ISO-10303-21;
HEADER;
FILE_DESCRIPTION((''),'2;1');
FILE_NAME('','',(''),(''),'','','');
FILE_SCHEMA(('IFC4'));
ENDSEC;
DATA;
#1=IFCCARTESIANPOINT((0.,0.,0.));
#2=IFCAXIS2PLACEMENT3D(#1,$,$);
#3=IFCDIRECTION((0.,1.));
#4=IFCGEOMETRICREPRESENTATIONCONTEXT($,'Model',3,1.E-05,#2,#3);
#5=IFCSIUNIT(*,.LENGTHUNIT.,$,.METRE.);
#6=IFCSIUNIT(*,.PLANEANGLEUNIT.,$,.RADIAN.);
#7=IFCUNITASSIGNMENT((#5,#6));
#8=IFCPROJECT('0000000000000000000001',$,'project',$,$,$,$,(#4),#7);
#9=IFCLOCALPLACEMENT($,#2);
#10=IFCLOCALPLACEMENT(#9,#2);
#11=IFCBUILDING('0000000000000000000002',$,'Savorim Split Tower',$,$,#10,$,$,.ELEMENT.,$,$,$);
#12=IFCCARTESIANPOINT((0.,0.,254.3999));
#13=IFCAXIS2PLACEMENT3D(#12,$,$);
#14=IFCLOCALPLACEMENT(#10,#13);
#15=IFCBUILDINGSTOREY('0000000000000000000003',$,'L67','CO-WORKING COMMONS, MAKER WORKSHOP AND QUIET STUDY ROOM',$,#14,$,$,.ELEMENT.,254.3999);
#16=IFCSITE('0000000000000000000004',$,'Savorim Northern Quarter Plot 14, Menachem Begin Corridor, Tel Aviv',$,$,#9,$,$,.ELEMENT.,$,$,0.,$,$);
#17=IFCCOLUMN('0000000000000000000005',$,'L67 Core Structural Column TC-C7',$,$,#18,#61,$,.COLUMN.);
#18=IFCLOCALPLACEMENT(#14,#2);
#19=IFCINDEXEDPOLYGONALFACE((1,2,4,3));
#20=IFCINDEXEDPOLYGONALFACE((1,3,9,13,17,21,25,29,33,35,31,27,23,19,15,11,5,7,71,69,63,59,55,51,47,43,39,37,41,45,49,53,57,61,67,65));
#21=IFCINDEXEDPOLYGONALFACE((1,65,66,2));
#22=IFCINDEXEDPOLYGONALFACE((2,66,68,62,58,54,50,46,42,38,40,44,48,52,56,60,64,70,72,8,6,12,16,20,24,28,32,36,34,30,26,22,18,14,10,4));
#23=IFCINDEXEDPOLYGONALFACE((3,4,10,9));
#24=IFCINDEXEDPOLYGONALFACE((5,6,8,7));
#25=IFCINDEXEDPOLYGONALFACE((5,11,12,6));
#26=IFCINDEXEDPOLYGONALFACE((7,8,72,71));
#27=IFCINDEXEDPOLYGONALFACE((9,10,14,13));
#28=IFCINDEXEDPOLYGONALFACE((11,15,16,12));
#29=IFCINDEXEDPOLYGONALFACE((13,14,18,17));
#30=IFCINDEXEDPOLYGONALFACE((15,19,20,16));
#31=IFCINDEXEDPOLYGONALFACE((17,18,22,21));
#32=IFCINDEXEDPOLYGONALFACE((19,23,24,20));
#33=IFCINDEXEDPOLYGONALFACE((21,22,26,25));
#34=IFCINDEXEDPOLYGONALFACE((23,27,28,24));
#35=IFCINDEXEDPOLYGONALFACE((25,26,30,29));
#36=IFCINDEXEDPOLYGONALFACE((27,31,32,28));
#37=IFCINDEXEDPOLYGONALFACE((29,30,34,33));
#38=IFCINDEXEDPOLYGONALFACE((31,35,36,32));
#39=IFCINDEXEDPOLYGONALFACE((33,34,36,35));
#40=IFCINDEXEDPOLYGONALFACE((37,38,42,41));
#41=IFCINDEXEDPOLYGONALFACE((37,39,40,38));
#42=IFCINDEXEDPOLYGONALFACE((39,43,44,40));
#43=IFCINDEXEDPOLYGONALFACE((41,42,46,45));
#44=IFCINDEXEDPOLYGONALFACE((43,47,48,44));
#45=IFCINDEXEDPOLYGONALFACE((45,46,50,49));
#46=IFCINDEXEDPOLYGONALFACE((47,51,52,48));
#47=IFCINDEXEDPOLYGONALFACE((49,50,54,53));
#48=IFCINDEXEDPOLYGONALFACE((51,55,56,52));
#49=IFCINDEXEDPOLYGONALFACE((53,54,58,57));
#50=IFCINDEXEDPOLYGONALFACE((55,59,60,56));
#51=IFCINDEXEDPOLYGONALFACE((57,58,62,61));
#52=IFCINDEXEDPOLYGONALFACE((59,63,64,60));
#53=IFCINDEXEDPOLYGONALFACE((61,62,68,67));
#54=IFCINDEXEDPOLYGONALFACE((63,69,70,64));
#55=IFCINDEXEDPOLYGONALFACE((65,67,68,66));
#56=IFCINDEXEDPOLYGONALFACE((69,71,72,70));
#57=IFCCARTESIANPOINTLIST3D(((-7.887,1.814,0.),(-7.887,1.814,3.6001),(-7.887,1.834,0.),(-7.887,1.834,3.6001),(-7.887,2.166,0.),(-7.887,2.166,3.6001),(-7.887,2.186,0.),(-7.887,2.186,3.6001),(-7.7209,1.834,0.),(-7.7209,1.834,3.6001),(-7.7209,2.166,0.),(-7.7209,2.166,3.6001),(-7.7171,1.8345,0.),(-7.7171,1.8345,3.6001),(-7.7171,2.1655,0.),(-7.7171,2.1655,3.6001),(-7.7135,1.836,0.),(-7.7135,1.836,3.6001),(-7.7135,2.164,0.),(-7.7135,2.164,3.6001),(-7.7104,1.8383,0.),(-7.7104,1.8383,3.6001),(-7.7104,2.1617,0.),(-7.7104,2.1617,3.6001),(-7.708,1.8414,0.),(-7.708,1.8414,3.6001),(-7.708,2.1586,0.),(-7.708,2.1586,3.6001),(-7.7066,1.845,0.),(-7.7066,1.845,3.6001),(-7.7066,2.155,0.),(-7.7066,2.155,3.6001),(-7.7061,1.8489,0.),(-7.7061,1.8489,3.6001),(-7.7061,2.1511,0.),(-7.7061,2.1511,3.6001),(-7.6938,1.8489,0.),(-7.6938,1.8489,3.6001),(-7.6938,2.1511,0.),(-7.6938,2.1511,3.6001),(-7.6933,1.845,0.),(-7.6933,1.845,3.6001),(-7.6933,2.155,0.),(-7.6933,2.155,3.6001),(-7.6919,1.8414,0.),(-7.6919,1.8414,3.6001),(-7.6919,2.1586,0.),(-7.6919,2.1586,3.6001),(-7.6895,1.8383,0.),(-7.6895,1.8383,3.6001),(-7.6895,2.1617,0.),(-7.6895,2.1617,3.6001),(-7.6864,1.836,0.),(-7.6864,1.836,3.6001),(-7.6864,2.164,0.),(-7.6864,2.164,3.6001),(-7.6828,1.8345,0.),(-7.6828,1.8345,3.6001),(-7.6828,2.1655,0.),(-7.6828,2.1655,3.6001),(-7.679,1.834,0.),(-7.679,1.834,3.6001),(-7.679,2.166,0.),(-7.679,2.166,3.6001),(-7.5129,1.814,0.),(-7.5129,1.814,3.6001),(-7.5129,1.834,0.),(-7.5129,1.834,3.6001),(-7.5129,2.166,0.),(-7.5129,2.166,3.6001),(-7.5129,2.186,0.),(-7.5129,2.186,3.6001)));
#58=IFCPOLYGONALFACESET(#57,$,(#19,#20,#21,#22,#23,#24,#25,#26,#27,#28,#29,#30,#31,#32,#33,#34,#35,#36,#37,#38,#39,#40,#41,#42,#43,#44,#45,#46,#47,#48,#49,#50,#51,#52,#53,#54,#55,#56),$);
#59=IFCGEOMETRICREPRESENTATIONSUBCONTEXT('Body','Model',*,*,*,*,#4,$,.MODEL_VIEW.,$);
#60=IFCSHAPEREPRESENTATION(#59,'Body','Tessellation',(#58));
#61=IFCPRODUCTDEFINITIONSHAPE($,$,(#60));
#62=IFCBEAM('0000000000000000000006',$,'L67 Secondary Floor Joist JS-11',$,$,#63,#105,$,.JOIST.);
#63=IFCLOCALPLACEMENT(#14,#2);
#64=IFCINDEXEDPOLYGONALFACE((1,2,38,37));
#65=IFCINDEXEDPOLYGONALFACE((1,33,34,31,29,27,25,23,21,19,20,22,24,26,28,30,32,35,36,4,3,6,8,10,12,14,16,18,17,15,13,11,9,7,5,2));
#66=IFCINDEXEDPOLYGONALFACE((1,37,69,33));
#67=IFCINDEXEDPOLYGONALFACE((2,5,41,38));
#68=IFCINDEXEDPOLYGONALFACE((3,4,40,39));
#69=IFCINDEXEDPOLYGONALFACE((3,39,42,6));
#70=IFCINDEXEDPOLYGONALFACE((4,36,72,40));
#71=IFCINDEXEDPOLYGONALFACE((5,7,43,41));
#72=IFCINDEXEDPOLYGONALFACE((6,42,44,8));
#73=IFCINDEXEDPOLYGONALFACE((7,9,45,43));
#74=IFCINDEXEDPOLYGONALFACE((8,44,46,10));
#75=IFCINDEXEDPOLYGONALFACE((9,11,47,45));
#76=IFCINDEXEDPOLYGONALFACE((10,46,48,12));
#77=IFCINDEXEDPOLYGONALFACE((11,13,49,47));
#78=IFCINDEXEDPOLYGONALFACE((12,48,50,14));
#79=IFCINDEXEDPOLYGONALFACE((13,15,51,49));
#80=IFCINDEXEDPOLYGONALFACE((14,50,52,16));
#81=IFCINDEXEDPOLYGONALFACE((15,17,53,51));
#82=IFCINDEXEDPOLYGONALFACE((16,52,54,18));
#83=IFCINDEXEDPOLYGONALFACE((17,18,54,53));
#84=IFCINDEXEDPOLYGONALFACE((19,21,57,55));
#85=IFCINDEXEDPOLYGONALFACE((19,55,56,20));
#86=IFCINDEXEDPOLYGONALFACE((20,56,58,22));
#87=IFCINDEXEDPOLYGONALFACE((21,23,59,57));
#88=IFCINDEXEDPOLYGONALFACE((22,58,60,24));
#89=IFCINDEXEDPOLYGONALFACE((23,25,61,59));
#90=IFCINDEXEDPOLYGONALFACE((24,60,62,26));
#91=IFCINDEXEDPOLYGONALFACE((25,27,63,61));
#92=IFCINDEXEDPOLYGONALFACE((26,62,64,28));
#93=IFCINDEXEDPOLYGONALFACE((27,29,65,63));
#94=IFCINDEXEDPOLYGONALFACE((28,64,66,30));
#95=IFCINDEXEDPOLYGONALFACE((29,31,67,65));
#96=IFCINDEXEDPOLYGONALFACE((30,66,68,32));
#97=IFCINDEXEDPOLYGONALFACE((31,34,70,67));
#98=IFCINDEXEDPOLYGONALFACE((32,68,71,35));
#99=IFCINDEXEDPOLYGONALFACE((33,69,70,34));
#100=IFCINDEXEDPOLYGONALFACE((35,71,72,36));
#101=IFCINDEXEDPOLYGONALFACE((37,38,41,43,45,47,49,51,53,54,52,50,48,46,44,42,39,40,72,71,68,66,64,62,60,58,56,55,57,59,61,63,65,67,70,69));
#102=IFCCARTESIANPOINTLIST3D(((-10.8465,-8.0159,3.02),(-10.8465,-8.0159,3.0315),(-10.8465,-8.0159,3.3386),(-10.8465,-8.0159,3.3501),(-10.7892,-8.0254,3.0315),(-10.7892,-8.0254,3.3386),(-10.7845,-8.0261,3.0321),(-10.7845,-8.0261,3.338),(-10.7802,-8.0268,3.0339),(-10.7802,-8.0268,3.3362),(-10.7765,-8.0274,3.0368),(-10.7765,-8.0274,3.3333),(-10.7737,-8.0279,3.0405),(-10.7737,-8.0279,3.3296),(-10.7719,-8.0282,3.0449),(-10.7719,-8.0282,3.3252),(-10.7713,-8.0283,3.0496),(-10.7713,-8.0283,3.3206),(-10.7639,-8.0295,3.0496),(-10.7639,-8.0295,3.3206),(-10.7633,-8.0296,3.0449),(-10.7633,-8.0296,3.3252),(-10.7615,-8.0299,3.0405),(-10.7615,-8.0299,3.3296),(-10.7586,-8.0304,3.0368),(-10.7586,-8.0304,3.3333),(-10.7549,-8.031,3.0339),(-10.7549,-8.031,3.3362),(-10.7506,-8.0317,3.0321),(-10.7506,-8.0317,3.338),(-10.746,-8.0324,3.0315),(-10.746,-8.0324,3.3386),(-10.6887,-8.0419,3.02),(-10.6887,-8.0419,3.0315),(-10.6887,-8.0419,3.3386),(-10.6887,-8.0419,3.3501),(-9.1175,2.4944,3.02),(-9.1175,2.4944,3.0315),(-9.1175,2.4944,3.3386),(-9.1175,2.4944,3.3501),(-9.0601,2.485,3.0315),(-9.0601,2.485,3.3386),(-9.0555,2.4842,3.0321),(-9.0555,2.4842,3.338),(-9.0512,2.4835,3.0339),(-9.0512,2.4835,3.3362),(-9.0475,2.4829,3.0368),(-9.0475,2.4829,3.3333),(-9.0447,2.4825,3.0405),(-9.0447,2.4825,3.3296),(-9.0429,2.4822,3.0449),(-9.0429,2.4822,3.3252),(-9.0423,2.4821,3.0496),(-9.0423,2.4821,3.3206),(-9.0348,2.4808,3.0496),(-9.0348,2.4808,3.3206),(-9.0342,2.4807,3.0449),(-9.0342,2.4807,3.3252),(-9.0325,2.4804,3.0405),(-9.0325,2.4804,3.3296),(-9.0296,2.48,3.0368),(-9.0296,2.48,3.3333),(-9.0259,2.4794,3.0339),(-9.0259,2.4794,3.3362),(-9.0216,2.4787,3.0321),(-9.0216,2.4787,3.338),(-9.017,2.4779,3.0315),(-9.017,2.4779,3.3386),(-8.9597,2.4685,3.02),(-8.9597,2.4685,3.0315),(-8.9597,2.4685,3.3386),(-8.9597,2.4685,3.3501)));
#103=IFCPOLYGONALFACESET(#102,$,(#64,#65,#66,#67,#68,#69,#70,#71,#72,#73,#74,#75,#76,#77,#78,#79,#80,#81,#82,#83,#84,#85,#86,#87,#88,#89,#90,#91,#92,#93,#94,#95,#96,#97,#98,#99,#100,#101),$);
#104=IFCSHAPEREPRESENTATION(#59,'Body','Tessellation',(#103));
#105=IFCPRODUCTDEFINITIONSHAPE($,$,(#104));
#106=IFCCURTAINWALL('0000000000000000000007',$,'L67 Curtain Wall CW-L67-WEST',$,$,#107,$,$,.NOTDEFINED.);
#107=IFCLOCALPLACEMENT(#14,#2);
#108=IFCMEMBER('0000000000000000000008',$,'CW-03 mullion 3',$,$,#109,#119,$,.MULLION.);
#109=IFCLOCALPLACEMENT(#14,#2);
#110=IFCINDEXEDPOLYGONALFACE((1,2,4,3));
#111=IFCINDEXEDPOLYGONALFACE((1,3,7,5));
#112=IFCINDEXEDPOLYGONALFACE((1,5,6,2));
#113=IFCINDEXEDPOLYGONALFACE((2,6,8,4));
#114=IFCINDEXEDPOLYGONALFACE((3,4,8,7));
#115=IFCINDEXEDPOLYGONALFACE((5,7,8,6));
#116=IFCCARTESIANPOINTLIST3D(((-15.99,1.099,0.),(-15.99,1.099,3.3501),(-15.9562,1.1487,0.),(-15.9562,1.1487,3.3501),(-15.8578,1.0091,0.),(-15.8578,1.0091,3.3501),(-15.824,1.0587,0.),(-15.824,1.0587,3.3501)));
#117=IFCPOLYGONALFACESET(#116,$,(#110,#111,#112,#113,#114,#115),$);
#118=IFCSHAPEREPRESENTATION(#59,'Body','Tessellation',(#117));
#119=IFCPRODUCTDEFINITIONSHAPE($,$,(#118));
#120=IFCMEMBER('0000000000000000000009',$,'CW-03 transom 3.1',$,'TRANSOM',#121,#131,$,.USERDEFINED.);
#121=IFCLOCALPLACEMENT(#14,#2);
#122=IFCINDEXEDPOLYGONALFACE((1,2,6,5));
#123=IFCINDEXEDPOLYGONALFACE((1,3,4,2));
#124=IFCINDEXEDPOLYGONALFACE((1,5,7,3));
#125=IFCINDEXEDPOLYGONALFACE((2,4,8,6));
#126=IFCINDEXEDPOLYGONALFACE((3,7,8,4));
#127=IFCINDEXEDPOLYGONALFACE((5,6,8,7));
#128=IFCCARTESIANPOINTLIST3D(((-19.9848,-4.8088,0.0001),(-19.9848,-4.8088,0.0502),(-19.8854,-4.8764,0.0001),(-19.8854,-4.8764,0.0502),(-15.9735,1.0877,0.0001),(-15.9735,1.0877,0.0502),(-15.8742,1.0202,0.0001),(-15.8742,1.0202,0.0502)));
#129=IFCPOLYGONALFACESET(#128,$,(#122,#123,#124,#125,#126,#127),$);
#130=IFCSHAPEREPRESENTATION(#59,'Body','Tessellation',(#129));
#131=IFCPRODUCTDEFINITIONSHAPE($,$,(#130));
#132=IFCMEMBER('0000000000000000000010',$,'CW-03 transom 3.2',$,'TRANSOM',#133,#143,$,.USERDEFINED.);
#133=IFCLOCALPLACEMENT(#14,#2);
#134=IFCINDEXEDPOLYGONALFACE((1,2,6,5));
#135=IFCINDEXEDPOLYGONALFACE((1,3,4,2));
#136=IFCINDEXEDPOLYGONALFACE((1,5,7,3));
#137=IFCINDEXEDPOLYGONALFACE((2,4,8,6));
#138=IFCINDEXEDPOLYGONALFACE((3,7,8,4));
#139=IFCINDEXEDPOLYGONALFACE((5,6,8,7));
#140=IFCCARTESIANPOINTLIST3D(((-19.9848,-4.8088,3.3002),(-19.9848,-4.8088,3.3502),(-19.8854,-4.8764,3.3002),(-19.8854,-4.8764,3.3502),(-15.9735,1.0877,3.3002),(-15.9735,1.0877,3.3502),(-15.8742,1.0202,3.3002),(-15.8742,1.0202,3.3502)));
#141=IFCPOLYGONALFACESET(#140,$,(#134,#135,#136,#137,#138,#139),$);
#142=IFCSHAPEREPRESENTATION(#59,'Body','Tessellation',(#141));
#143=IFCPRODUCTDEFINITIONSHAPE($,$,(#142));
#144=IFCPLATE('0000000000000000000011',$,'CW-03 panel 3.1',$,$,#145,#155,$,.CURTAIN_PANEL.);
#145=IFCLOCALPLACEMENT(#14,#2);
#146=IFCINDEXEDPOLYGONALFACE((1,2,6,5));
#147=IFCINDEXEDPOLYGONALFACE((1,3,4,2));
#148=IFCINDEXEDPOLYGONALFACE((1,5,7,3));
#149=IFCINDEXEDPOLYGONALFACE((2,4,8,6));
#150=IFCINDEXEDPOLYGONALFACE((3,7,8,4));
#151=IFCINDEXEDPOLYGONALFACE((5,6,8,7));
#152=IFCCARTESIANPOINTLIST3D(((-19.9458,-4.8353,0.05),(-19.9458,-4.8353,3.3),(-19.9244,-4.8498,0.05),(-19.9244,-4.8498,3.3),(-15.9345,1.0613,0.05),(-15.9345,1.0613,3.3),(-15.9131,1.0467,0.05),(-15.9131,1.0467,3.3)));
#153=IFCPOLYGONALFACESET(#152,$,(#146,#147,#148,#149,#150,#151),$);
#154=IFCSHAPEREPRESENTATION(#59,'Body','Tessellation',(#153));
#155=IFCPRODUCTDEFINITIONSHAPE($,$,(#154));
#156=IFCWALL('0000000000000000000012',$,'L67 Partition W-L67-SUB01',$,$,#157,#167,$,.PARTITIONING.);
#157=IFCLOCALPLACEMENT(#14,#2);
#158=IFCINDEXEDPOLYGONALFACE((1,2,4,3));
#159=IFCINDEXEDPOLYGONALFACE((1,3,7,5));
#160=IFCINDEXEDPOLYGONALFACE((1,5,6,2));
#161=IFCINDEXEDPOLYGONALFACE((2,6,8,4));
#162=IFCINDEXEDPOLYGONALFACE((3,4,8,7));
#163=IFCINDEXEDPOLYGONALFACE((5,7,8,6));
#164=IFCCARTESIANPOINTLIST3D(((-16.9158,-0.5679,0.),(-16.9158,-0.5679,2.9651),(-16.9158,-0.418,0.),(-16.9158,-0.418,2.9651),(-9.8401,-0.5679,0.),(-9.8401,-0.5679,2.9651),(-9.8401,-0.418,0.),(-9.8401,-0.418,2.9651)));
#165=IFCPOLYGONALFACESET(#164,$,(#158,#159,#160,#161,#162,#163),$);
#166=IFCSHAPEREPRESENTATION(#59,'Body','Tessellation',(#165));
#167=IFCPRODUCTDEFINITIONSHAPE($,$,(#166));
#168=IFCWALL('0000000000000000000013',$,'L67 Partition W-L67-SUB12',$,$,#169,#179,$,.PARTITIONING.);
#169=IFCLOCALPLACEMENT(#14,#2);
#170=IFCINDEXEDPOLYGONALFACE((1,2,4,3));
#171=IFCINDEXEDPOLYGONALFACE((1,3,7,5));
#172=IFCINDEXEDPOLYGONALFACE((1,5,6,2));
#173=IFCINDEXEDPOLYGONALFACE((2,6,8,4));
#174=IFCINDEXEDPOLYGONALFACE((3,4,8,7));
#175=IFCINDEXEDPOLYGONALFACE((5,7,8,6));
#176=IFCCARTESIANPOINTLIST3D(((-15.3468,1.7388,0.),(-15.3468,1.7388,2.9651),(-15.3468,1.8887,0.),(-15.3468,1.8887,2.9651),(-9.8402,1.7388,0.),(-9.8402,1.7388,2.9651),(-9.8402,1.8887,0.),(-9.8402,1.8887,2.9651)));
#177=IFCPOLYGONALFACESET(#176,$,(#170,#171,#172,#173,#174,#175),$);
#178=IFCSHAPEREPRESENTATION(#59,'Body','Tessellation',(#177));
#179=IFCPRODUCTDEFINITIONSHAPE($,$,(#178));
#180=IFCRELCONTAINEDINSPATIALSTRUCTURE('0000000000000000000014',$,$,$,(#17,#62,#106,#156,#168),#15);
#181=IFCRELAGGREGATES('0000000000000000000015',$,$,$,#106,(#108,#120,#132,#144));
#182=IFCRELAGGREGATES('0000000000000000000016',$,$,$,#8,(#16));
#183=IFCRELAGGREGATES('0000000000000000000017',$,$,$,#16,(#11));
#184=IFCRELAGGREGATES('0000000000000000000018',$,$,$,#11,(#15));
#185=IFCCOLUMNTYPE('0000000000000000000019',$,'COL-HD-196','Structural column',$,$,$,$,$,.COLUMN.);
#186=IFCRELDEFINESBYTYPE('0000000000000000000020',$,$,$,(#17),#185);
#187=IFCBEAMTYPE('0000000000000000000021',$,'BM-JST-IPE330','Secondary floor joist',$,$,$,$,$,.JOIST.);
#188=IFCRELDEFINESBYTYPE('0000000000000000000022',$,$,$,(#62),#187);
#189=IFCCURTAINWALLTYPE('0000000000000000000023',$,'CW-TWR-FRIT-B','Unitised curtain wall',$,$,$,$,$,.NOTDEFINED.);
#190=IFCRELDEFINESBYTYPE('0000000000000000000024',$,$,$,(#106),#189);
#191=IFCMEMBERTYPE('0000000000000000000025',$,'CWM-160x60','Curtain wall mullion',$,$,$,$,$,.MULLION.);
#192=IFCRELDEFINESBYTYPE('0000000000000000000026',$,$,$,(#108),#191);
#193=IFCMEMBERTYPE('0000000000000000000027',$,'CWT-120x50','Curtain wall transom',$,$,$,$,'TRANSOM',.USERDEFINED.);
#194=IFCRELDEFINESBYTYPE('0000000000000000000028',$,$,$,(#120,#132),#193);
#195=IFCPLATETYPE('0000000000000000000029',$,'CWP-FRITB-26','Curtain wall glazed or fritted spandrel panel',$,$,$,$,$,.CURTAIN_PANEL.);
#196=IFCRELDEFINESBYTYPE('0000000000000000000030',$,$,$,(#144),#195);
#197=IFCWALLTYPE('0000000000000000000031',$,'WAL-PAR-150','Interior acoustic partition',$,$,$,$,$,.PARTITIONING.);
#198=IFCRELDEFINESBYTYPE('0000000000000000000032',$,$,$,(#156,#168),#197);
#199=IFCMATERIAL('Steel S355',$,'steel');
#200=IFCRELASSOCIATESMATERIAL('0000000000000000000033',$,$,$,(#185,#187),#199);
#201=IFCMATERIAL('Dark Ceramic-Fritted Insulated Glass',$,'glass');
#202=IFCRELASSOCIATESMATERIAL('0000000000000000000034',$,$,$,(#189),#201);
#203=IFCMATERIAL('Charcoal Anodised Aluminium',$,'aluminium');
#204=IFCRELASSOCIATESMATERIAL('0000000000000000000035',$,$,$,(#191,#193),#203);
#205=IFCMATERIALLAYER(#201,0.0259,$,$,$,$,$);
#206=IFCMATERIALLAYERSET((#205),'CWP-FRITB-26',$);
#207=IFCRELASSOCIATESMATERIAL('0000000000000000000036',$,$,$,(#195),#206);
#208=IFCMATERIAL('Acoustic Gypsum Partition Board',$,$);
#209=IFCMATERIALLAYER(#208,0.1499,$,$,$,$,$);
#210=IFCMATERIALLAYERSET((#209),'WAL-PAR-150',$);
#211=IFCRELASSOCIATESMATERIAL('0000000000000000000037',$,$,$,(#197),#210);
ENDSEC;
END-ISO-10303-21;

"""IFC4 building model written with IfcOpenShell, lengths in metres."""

from ifc_helpers import new_model, si_unit, direction, frame, frame_2d, origin, origin_2d, place, context, subcontext, project, spatial, rectangle, i_section, extrude, material, layer, layer_set, material_profile, profile_set, type_object, element, aggregate, save


model = new_model("IFC4")

# Units and contexts
model_context = context("Model", 3, precision=1e-05, world=origin(), true_north=direction((0.0, 1.0)))
body_context = subcontext(model_context, "Body", "Model", "MODEL_VIEW")
ifc_project = project(units=[si_unit("LENGTHUNIT", "METRE"), si_unit("PLANEANGLEUNIT", "RADIAN")], contexts=[model_context])

# Site, building, storey
site_placement = place(None, origin())
site = spatial("IfcSite", under=ifc_project, at=site_placement, Name="Savorim Northern Quarter Plot 14, Menachem Begin Corridor, Tel Aviv", CompositionType="ELEMENT", RefElevation=0.0)
building_placement = place(site_placement, origin())
building = spatial("IfcBuilding", under=site, at=building_placement, Name="Savorim Split Tower", CompositionType="ELEMENT")
storey_placement = place(building_placement, frame((0.0, 0.0, 254.3999)))
storey = spatial("IfcBuildingStorey", under=building, at=storey_placement, Name="L67", Description="CO-WORKING COMMONS, MAKER WORKSHOP AND QUIET STUDY ROOM", CompositionType="ELEMENT", Elevation=254.3999)

# Column
ifc_material_1 = material(Name="Steel S355", Category="steel")
ifc_material_profile_1 = material_profile(ifc_material_1, i_section(OverallWidth=0.374, OverallDepth=0.3721, WebThickness=0.0122, FlangeThickness=0.02, FilletRadius=0.0149, at=origin_2d()), Name="HD 360x196")
ifc_profile_set_1 = profile_set([ifc_material_profile_1], Name="Steel S355")
column_type = type_object("IfcColumnType", Name="COL-HD-196", Description="Structural column", PredefinedType="COLUMN", material=ifc_profile_set_1)
column_placement = place(storey_placement, frame((-7.7, 2.0, 0.0), z_axis=(0.0, 0.0, 1.0), x_axis=(1.0, 0.0, 0.0)))
element("IfcColumn", 1, at=column_placement, inside=storey, type_object=column_type, Name="L67 Core Structural Column TC-C7", PredefinedType="COLUMN", context=body_context, shape_type="SweptSolid", body=[
    extrude(i_section(OverallWidth=0.374, OverallDepth=0.3721, WebThickness=0.0122, FlangeThickness=0.02, FilletRadius=0.0149, at=origin_2d()), origin(), (0.0, 0.0, 1.0), 3.6001),
])

# Beam
ifc_material_profile_2 = material_profile(ifc_material_1, i_section(OverallWidth=0.1599, OverallDepth=0.3301, WebThickness=0.0076, FlangeThickness=0.0115, FilletRadius=0.0181, at=origin_2d()), Name="IPE 330")
ifc_profile_set_2 = profile_set([ifc_material_profile_2], Name="Steel S355")
beam_type = type_object("IfcBeamType", Name="BM-JST-IPE330", Description="Secondary floor joist", PredefinedType="JOIST", material=ifc_profile_set_2)
beam_placement = place(storey_placement, frame((-9.0386, 2.4814, 3.1851), z_axis=(-0.162325, -0.986737, 0.0), x_axis=(0.986737, -0.162325, 0.0)))
element("IfcBeam", 2, at=beam_placement, inside=storey, type_object=beam_type, Name="L67 Secondary Floor Joist JS-11", PredefinedType="JOIST", context=body_context, shape_type="SweptSolid", body=[
    extrude(i_section(OverallWidth=0.1599, OverallDepth=0.3301, WebThickness=0.0076, FlangeThickness=0.0115, FilletRadius=0.0181, at=origin_2d()), origin(), (0.0, 0.0, 1.0), 10.6516),
])

# Curtain wall, members, plate
ifc_material_2 = material(Name="Dark Ceramic-Fritted Insulated Glass", Category="glass")
curtain_wall_type = type_object("IfcCurtainWallType", Name="CW-TWR-FRIT-B", Description="Unitised curtain wall", PredefinedType="NOTDEFINED", material=ifc_material_2)
curtain_wall_placement = place(storey_placement, origin())
curtain_wall = element("IfcCurtainWall", 3, at=curtain_wall_placement, inside=storey, type_object=curtain_wall_type, Name="L67 Curtain Wall CW-L67-WEST", PredefinedType="NOTDEFINED")
ifc_material_3 = material(Name="Charcoal Anodised Aluminium", Category="aluminium")
ifc_material_profile_3 = material_profile(ifc_material_3, rectangle(XDim=0.1599, YDim=0.0601, at=origin_2d()), Name="ALU-M 160x60")
ifc_profile_set_3 = profile_set([ifc_material_profile_3], Name="Charcoal Anodised Aluminium")
member_type_1 = type_object("IfcMemberType", Name="CWM-160x60", Description="Curtain wall mullion", PredefinedType="MULLION", material=ifc_profile_set_3)
member_1_placement = place(storey_placement, frame((-15.907, 1.0789, 0.0), z_axis=(0.0, 0.0, 1.0), x_axis=(0.826817, -0.56247, 0.0)))
member_1 = element("IfcMember", 4, at=member_1_placement, type_object=member_type_1, Name="CW-03 mullion 3", PredefinedType="MULLION", context=body_context, shape_type="SweptSolid", body=[
    extrude(rectangle(XDim=0.1599, YDim=0.0601, at=origin_2d()), origin(), (0.0, 0.0, 1.0), 3.3501),
])
ifc_material_profile_4 = material_profile(ifc_material_3, rectangle(XDim=0.1201, YDim=0.05, at=origin_2d()), Name="ALU-T 120x50")
ifc_profile_set_4 = profile_set([ifc_material_profile_4], Name="Charcoal Anodised Aluminium")
member_type_2 = type_object("IfcMemberType", Name="CWT-120x50", Description="Curtain wall transom", ElementType="TRANSOM", PredefinedType="USERDEFINED", material=ifc_profile_set_4)
member_2_placement = place(storey_placement, frame((-15.9238, 1.054, 0.0251), z_axis=(-0.562465, -0.826821, 0.0), x_axis=(0.826821, -0.562465, 0.0)))
member_2 = element("IfcMember", 5, at=member_2_placement, type_object=member_type_2, Name="CW-03 transom 3.1", ObjectType="TRANSOM", PredefinedType="USERDEFINED", context=body_context, shape_type="SweptSolid", body=[
    extrude(rectangle(XDim=0.1201, YDim=0.05, at=origin_2d()), origin(), (0.0, 0.0, 1.0), 7.1316),
])
member_3_placement = place(storey_placement, frame((-15.9238, 1.054, 3.3252), z_axis=(-0.562465, -0.826821, 0.0), x_axis=(0.826821, -0.562465, 0.0)))
member_3 = element("IfcMember", 6, at=member_3_placement, type_object=member_type_2, Name="CW-03 transom 3.2", ObjectType="TRANSOM", PredefinedType="USERDEFINED", context=body_context, shape_type="SweptSolid", body=[
    extrude(rectangle(XDim=0.1201, YDim=0.05, at=origin_2d()), origin(), (0.0, 0.0, 1.0), 7.1316),
])
ifc_layer_1 = layer(ifc_material_2, 0.0259)
ifc_layer_set_1 = layer_set([ifc_layer_1], Name="CWP-FRITB-26")
plate_type = type_object("IfcPlateType", Name="CWP-FRITB-26", Description="Curtain wall glazed or fritted spandrel panel", PredefinedType="CURTAIN_PANEL", material=ifc_layer_set_1)
plate_placement = place(storey_placement, frame((-17.9294, -1.8943, 0.05), z_axis=(0.0, 0.0, 1.0), x_axis=(-0.56247, -0.826817, 0.0)))
plate = element("IfcPlate", 7, at=plate_placement, type_object=plate_type, Name="CW-03 panel 3.1", PredefinedType="CURTAIN_PANEL", context=body_context, shape_type="SweptSolid", body=[
    extrude(rectangle(XDim=7.1316, YDim=0.0259, at=origin_2d()), origin(), (0.0, 0.0, 1.0), 3.25),
])
aggregate(curtain_wall, [member_1, member_2, member_3, plate])

# Walls
ifc_material_4 = material(Name="Acoustic Gypsum Partition Board")
ifc_layer_2 = layer(ifc_material_4, 0.1499)
ifc_layer_set_2 = layer_set([ifc_layer_2], Name="WAL-PAR-150")
wall_type_1 = type_object("IfcWallType", Name="WAL-PAR-150", Description="Interior acoustic partition", PredefinedType="PARTITIONING", material=ifc_layer_set_2)
wall_1_placement = place(storey_placement, frame((-9.8401, -0.4929, 0.0), z_axis=(0.0, 0.0, 1.0), x_axis=(-1.0, 0.0, 0.0)))
element("IfcWall", 8, at=wall_1_placement, inside=storey, type_object=wall_type_1, Name="L67 Partition W-L67-SUB01", PredefinedType="PARTITIONING", context=body_context, shape_type="SweptSolid", body=[
    extrude(rectangle(XDim=7.0757, YDim=0.1499, at=frame_2d((3.5378, 0.0))), origin(), (0.0, 0.0, 1.0), 2.9651),
])
wall_2_placement = place(storey_placement, frame((-9.8401, 1.8137, 0.0), z_axis=(0.0, 0.0, 1.0), x_axis=(-1.0, 0.0, 0.0)))
element("IfcWall", 9, at=wall_2_placement, inside=storey, type_object=wall_type_1, Name="L67 Partition W-L67-SUB12", PredefinedType="PARTITIONING", context=body_context, shape_type="SweptSolid", body=[
    extrude(rectangle(XDim=5.5066, YDim=0.1499, at=frame_2d((2.7534, 0.0))), origin(), (0.0, 0.0, 1.0), 2.9651),
])

save(model, "model.ifc")
